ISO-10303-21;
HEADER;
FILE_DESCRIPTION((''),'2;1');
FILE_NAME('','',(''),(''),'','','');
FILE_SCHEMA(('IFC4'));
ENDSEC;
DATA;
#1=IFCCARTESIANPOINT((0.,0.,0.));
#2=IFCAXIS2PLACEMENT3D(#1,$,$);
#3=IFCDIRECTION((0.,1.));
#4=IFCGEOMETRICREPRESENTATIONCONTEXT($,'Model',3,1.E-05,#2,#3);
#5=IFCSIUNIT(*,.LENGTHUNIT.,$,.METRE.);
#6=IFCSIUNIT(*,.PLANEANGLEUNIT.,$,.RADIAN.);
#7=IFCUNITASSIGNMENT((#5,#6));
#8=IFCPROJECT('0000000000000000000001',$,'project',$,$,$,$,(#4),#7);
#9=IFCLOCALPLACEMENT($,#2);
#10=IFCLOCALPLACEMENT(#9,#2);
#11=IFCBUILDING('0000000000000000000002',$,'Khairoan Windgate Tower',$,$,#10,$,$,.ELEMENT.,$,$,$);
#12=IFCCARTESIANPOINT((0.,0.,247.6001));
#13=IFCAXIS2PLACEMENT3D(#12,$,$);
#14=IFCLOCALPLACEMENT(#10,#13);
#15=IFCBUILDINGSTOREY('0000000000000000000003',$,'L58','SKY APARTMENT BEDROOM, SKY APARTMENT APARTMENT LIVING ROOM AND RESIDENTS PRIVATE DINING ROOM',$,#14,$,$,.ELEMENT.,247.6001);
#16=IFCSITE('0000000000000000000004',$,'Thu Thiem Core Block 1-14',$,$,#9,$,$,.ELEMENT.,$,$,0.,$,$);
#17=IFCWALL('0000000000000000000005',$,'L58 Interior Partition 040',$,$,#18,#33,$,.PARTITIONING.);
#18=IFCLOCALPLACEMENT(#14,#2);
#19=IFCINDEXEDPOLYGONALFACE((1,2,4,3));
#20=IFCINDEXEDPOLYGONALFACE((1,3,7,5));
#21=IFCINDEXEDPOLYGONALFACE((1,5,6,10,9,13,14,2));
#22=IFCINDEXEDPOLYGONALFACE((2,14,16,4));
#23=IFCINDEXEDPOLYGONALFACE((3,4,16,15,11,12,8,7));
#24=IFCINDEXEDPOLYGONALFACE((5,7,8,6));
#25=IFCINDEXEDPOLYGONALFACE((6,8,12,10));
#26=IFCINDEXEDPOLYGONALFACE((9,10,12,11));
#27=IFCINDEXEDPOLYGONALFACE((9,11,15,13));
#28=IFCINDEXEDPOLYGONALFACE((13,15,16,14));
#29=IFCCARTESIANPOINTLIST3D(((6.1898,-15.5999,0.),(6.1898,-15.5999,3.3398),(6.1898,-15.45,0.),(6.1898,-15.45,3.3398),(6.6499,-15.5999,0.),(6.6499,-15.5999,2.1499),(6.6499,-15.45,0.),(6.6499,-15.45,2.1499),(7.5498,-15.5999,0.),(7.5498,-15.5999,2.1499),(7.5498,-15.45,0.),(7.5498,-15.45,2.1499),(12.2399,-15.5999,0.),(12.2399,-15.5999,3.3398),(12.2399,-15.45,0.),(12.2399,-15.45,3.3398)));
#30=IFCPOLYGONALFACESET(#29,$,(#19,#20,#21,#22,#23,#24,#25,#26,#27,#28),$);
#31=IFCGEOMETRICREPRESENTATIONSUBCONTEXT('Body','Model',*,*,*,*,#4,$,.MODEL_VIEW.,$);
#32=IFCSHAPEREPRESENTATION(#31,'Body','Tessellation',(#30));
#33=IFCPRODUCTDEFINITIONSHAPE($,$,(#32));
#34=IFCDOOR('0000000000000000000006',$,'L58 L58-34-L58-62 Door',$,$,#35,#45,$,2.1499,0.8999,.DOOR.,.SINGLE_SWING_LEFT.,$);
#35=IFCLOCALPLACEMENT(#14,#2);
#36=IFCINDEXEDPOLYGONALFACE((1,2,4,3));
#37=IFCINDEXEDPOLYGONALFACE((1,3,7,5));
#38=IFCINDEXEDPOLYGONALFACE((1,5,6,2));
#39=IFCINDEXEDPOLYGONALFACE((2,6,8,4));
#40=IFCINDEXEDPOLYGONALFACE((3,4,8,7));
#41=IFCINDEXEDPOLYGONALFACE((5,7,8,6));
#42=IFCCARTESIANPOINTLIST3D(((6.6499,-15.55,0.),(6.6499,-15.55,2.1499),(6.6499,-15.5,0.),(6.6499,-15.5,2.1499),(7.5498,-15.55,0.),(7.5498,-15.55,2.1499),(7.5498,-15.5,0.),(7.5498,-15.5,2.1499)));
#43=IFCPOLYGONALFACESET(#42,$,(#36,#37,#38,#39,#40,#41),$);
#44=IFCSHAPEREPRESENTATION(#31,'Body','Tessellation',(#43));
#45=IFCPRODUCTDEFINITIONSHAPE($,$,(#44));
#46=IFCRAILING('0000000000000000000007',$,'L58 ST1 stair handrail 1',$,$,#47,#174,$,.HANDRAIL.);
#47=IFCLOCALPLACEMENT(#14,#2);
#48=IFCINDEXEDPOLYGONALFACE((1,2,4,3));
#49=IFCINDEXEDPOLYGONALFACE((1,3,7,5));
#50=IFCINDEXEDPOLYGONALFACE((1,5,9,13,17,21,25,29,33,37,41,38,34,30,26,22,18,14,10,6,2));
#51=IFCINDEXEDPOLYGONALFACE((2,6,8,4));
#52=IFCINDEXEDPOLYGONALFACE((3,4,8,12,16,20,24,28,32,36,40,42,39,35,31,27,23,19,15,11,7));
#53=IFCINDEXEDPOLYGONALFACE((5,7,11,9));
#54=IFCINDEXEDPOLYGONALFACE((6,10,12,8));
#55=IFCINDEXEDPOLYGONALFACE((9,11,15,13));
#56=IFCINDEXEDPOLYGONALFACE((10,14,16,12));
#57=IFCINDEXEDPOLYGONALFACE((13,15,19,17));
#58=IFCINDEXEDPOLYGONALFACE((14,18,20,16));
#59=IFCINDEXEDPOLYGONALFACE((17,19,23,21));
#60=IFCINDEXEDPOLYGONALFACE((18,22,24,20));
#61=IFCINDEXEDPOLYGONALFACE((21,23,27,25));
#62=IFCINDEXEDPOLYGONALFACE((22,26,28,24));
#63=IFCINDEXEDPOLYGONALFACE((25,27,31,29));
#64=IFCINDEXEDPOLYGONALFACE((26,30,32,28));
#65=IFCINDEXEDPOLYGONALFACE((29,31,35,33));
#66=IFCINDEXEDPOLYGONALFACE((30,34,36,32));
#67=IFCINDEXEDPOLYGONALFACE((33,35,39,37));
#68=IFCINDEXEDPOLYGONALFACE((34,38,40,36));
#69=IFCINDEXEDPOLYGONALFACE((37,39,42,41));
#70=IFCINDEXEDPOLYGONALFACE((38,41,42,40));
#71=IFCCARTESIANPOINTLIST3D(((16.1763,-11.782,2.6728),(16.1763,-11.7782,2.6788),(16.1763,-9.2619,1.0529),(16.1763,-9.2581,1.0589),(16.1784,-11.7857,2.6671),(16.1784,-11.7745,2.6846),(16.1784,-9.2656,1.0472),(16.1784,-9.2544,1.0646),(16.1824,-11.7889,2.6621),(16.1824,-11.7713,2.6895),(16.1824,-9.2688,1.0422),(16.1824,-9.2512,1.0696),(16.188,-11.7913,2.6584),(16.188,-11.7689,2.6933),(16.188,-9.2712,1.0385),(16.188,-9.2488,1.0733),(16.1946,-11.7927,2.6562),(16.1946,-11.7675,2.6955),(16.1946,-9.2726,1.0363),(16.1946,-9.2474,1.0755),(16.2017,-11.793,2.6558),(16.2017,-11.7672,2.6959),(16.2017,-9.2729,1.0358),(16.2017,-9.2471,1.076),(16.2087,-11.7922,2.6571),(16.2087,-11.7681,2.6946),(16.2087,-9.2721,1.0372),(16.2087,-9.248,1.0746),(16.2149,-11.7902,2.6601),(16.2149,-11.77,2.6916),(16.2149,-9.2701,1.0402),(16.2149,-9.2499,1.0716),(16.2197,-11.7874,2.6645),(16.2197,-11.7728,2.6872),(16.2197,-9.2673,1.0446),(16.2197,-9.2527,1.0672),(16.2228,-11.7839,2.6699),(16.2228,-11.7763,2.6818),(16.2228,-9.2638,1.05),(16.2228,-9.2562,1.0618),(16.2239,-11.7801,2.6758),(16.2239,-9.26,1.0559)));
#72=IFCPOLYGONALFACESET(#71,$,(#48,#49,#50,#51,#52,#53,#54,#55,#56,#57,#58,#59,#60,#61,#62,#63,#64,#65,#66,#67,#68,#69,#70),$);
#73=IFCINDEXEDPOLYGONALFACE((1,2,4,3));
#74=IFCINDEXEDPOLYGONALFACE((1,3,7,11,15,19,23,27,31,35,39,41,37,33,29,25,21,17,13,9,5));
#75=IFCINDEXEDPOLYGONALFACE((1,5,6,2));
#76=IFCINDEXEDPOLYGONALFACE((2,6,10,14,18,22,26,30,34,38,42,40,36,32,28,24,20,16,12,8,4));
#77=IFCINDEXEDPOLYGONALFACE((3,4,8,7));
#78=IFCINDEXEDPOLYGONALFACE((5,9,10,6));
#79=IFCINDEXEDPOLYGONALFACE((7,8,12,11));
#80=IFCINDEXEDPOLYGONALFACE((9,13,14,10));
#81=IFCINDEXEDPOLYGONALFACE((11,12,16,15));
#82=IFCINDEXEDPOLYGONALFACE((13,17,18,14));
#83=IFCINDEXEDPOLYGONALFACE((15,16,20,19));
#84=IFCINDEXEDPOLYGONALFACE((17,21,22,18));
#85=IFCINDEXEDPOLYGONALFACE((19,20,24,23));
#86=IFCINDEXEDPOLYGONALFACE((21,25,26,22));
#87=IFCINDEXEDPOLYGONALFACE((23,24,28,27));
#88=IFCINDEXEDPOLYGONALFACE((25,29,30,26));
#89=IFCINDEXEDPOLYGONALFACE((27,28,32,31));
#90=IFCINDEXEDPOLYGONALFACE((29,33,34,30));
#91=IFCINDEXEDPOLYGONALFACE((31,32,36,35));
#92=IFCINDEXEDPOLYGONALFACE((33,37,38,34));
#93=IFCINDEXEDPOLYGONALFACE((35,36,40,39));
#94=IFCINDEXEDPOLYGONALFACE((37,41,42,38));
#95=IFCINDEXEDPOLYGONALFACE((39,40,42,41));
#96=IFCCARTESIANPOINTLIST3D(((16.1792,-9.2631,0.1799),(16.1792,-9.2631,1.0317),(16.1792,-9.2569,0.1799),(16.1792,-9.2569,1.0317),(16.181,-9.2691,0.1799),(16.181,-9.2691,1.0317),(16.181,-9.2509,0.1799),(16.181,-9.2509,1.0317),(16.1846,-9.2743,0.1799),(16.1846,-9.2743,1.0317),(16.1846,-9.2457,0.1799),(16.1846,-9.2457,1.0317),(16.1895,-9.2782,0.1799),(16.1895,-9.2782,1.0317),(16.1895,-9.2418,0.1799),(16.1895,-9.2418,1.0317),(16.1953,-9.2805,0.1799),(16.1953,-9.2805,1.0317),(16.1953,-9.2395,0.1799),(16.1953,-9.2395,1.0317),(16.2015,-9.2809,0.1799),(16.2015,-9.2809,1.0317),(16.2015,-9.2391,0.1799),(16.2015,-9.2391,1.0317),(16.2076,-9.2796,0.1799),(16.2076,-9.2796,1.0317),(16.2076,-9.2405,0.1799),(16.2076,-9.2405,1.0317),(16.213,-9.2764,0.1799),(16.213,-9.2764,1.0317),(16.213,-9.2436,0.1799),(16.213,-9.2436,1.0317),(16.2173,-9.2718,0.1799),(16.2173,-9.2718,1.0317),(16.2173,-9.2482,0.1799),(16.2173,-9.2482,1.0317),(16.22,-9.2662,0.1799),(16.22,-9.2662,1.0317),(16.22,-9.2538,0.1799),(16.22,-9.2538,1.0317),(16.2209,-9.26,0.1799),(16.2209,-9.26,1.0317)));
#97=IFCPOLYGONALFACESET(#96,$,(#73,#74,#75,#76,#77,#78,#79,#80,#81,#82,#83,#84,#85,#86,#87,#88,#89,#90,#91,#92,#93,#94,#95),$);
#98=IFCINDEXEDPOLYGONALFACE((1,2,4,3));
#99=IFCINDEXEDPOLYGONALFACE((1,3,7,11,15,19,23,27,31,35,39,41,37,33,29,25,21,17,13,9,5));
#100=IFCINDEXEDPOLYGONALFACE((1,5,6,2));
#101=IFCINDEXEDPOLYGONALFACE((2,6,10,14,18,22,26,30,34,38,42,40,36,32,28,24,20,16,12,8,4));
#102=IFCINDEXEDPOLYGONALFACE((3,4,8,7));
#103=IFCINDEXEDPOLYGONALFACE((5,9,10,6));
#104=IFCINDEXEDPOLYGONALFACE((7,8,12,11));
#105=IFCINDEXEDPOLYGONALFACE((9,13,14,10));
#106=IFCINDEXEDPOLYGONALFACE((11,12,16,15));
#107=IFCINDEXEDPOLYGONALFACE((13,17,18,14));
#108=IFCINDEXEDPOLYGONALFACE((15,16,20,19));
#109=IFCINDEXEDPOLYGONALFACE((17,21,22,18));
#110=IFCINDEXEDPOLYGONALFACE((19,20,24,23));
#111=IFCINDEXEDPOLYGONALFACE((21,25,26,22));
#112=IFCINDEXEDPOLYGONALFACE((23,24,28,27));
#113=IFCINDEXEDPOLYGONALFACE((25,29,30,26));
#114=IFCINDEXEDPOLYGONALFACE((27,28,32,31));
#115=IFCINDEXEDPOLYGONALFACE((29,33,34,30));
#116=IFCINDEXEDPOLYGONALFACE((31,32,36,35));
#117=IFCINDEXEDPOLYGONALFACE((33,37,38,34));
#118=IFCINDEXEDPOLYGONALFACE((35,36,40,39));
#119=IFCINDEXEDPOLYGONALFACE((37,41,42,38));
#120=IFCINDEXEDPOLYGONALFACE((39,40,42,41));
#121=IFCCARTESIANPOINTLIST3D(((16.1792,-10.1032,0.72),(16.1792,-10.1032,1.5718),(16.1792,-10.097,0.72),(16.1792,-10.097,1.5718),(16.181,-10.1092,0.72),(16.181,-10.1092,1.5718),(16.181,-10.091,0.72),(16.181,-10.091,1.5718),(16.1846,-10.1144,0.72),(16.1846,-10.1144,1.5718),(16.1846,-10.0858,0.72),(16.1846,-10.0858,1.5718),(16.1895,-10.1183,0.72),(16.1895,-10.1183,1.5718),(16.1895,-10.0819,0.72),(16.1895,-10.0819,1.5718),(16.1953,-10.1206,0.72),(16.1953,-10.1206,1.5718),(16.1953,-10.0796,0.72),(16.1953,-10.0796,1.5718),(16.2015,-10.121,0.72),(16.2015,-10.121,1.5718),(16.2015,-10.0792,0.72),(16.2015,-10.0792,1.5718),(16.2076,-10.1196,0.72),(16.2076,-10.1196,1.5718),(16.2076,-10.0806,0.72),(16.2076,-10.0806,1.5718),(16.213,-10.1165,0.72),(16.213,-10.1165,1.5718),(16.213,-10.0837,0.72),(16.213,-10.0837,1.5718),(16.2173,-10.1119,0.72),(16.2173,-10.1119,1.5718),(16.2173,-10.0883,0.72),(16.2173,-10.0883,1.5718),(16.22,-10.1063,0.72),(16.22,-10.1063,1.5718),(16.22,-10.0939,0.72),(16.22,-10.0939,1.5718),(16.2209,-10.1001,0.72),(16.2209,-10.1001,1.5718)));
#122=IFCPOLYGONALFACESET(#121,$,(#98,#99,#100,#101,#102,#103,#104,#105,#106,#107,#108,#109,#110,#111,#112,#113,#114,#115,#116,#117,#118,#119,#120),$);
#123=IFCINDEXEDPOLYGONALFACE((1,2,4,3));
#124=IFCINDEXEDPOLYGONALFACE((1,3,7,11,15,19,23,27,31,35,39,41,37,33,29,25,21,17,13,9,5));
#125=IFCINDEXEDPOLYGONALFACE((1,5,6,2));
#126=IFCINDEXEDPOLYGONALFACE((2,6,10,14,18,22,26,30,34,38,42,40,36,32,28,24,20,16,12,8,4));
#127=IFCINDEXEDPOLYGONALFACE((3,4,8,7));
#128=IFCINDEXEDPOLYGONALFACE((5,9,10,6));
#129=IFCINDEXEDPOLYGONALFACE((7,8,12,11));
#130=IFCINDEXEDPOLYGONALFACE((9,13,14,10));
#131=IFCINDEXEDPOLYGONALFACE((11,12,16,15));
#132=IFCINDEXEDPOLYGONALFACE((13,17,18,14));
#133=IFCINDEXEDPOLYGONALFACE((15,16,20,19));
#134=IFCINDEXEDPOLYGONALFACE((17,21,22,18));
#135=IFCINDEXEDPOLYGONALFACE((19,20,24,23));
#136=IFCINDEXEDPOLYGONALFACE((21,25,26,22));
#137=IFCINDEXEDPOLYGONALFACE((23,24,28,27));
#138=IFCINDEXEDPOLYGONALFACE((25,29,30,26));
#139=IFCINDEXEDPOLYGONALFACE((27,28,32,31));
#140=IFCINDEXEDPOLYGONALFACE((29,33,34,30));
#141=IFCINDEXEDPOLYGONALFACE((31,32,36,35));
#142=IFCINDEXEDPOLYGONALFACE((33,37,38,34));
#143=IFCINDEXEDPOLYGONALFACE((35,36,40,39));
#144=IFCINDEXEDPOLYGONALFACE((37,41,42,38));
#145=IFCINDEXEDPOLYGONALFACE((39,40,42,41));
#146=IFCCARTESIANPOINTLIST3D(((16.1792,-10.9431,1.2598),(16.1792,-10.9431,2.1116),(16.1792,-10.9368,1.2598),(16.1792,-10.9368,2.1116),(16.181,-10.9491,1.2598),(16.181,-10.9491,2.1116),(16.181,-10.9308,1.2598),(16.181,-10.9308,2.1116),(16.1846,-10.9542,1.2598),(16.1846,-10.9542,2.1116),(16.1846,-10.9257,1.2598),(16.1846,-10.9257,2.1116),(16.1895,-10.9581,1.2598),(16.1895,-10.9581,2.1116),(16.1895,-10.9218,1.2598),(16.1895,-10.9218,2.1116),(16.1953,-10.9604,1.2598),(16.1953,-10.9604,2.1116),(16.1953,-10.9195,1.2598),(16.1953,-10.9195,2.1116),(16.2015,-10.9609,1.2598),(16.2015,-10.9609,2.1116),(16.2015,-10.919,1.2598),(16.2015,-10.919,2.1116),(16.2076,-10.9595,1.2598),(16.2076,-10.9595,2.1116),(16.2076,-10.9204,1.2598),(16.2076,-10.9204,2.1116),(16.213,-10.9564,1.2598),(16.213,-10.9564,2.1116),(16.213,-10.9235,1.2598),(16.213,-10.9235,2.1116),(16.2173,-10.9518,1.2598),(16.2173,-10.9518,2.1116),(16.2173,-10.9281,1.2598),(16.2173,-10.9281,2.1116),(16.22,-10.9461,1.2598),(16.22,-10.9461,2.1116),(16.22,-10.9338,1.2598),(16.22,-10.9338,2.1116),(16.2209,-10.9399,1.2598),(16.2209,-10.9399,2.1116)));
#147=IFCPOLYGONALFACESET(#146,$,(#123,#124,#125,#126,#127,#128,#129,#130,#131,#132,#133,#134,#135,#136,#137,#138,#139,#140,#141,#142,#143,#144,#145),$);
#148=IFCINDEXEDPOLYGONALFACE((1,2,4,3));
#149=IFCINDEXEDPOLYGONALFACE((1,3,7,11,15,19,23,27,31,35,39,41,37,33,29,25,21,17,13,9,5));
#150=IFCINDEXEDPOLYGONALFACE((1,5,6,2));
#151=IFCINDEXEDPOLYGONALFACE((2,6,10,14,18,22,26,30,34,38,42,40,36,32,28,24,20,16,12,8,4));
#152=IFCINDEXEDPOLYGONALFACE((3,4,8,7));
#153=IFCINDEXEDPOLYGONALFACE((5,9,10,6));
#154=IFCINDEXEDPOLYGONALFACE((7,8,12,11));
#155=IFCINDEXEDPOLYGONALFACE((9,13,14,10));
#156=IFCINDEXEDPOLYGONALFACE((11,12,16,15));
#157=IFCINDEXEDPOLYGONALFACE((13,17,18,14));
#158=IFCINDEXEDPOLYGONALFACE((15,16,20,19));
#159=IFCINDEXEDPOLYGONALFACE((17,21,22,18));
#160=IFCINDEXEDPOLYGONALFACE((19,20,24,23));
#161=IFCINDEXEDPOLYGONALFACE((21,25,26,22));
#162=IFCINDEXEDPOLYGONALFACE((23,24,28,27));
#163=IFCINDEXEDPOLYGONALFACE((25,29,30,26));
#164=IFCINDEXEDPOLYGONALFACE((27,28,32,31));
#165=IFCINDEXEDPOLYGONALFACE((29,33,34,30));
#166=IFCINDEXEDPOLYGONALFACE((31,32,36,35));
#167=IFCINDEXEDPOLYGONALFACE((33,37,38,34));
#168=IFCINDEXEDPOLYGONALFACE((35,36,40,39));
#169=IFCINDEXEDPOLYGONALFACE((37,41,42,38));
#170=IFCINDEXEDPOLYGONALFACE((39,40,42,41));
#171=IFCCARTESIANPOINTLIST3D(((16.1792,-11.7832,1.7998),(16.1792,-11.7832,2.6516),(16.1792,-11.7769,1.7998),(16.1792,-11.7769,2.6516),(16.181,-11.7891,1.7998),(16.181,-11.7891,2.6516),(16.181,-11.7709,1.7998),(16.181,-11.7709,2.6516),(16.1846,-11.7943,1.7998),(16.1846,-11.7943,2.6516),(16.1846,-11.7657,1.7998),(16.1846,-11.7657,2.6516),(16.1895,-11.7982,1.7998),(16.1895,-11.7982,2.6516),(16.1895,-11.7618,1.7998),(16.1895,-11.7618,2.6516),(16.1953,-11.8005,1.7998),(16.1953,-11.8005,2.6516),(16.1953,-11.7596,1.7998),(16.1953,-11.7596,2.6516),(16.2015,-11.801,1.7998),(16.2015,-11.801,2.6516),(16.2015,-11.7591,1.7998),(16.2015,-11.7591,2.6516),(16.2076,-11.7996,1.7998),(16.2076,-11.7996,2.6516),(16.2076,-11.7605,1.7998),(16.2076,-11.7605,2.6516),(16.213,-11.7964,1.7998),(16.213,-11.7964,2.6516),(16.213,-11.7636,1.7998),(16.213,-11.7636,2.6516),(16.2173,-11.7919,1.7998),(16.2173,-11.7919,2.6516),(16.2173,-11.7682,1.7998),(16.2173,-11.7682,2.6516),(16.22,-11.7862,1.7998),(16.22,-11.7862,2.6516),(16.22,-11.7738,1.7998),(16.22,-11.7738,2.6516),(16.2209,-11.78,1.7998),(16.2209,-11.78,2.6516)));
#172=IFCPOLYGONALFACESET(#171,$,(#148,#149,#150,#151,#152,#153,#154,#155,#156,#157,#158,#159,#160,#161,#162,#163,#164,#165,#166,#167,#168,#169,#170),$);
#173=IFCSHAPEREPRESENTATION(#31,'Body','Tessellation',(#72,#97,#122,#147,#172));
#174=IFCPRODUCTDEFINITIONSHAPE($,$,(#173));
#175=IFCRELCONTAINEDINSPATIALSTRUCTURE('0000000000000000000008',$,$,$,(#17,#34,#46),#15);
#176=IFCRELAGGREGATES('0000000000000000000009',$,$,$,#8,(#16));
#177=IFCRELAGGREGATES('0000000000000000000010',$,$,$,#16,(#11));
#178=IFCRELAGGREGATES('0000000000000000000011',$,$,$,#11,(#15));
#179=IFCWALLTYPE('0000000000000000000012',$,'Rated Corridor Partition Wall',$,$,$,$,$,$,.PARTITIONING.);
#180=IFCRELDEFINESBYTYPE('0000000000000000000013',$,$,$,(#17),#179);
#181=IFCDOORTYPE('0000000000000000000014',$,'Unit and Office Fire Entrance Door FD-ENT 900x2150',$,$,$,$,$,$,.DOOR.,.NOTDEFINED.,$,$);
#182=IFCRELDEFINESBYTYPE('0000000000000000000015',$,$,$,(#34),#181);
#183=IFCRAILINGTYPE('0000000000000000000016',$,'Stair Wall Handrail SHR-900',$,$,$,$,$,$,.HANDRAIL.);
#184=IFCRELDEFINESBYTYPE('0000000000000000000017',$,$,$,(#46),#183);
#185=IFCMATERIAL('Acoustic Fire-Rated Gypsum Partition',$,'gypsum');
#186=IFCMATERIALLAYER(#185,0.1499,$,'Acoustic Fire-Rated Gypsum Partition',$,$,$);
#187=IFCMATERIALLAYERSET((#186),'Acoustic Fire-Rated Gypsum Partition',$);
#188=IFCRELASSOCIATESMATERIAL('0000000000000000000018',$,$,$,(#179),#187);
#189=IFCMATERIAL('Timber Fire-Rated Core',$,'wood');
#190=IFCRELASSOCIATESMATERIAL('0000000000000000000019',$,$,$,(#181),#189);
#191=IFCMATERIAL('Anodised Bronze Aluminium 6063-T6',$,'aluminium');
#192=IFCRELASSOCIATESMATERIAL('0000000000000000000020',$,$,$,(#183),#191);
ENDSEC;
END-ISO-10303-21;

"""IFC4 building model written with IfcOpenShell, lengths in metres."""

from ifc_helpers import new_model, si_unit, direction, frame, frame_2d, origin, origin_2d, place, context, subcontext, project, spatial, rectangle, circle, extrude, material, layer, layer_set, type_object, element, fill, save


model = new_model("IFC4")

# Units and contexts
model_context = context("Model", 3, precision=1e-05, world=origin(), true_north=direction((0.0, 1.0)))
body_context = subcontext(model_context, "Body", "Model", "MODEL_VIEW")
ifc_project = project(units=[si_unit("LENGTHUNIT", "METRE"), si_unit("PLANEANGLEUNIT", "RADIAN")], contexts=[model_context])

# Site, building, storey
site_placement = place(None, origin())
site = spatial("IfcSite", under=ifc_project, at=site_placement, Name="Thu Thiem Core Block 1-14", CompositionType="ELEMENT", RefElevation=0.0)
building_placement = place(site_placement, origin())
building = spatial("IfcBuilding", under=site, at=building_placement, Name="Khairoan Windgate Tower", CompositionType="ELEMENT")
storey_placement = place(building_placement, frame((0.0, 0.0, 247.6001)))
storey = spatial("IfcBuildingStorey", under=building, at=storey_placement, Name="L58", Description="SKY APARTMENT BEDROOM, SKY APARTMENT APARTMENT LIVING ROOM AND RESIDENTS PRIVATE DINING ROOM", CompositionType="ELEMENT", Elevation=247.6001)

# Shared definitions
ifc_material_1 = material(Name="Acoustic Fire-Rated Gypsum Partition", Category="gypsum")
ifc_layer_1 = layer(ifc_material_1, 0.1499, Name="Acoustic Fire-Rated Gypsum Partition")
ifc_layer_set_1 = layer_set([ifc_layer_1], Name="Acoustic Fire-Rated Gypsum Partition")
wall_type_1 = type_object("IfcWallType", Name="Rated Corridor Partition Wall", PredefinedType="PARTITIONING", material=ifc_layer_set_1)
ifc_material_2 = material(Name="Timber Fire-Rated Core", Category="wood")
door_type_1 = type_object("IfcDoorType", Name="Unit and Office Fire Entrance Door FD-ENT 900x2150", OperationType="NOTDEFINED", PredefinedType="DOOR", material=ifc_material_2)

# Wall, opening, door
wall_1_placement = place(storey_placement, frame((6.1899, -15.5249, 0.0), z_axis=(0.0, 0.0, 1.0), x_axis=(1.0, 0.0, 0.0)))
wall_1 = element("IfcWall", 1, at=wall_1_placement, inside=storey, type_object=wall_type_1, Name="L58 Interior Partition 040", PredefinedType="PARTITIONING", context=body_context, shape_type="SweptSolid", body=[
    extrude(rectangle(XDim=6.05, YDim=0.1499, at=frame_2d((3.0249, 0.0))), origin(), (0.0, 0.0, 1.0), 3.3398),
])
opening_1_placement = place(wall_1_placement, frame((0.46, 0.0, 0.0)))
opening_1 = element("IfcOpeningElement", 2, at=opening_1_placement, cuts=wall_1, PredefinedType="OPENING", context=body_context, shape_type="SweptSolid", body=[
    extrude(rectangle(XDim=0.8999, YDim=2.1499, at=frame_2d((0.45, 1.075))), frame((0.0, 0.085, 0.0), z_axis=(0.0, -1.0, 0.0), x_axis=(1.0, 0.0, 0.0)), (0.0, 0.0, 1.0), 0.1699),
])
door_1_placement = place(opening_1_placement, origin())
door_1 = element("IfcDoor", 3, at=door_1_placement, inside=storey, type_object=door_type_1, Name="L58 L58-34-L58-62 Door", OperationType="SINGLE_SWING_LEFT", OverallHeight=2.1499, OverallWidth=0.8999, PredefinedType="DOOR", context=body_context, shape_type="SweptSolid", body=[
    extrude(rectangle(XDim=0.8999, YDim=2.1499, at=frame_2d((0.45, 1.075))), frame((0.0, 0.0249, 0.0), z_axis=(0.0, -1.0, 0.0), x_axis=(1.0, 0.0, 0.0)), (0.0, 0.0, 1.0), 0.05),
])
fill(opening_1, door_1)

# Railing
ifc_material_3 = material(Name="Anodised Bronze Aluminium 6063-T6", Category="aluminium")
railing_type_1 = type_object("IfcRailingType", Name="Stair Wall Handrail SHR-900", PredefinedType="HANDRAIL", material=ifc_material_3)
railing_1_placement = place(storey_placement, frame((16.2, -9.26, 0.1799)))
element("IfcRailing", 4, at=railing_1_placement, inside=storey, type_object=railing_type_1, Name="L58 ST1 stair handrail 1", PredefinedType="HANDRAIL", context=body_context, shape_type="SweptSolid", body=[
    extrude(circle(Radius=0.0239, at=origin_2d()), frame((0.0, 0.0, 0.876), z_axis=(0.0, -0.8412, 0.540725), x_axis=(1.0, 0.0, 0.0)), (0.0, 0.0, 1.0), 2.9958),
    extrude(circle(Radius=0.021, at=origin_2d()), origin(), (0.0, 0.0, 1.0), 0.8518),
    extrude(circle(Radius=0.021, at=origin_2d()), frame((0.0, -0.8401, 0.54)), (0.0, 0.0, 1.0), 0.8518),
    extrude(circle(Radius=0.021, at=origin_2d()), frame((0.0, -1.6799, 1.0798)), (0.0, 0.0, 1.0), 0.8518),
    extrude(circle(Radius=0.021, at=origin_2d()), frame((0.0, -2.52, 1.6199)), (0.0, 0.0, 1.0), 0.8518),
])

save(model, "model.ifc")
